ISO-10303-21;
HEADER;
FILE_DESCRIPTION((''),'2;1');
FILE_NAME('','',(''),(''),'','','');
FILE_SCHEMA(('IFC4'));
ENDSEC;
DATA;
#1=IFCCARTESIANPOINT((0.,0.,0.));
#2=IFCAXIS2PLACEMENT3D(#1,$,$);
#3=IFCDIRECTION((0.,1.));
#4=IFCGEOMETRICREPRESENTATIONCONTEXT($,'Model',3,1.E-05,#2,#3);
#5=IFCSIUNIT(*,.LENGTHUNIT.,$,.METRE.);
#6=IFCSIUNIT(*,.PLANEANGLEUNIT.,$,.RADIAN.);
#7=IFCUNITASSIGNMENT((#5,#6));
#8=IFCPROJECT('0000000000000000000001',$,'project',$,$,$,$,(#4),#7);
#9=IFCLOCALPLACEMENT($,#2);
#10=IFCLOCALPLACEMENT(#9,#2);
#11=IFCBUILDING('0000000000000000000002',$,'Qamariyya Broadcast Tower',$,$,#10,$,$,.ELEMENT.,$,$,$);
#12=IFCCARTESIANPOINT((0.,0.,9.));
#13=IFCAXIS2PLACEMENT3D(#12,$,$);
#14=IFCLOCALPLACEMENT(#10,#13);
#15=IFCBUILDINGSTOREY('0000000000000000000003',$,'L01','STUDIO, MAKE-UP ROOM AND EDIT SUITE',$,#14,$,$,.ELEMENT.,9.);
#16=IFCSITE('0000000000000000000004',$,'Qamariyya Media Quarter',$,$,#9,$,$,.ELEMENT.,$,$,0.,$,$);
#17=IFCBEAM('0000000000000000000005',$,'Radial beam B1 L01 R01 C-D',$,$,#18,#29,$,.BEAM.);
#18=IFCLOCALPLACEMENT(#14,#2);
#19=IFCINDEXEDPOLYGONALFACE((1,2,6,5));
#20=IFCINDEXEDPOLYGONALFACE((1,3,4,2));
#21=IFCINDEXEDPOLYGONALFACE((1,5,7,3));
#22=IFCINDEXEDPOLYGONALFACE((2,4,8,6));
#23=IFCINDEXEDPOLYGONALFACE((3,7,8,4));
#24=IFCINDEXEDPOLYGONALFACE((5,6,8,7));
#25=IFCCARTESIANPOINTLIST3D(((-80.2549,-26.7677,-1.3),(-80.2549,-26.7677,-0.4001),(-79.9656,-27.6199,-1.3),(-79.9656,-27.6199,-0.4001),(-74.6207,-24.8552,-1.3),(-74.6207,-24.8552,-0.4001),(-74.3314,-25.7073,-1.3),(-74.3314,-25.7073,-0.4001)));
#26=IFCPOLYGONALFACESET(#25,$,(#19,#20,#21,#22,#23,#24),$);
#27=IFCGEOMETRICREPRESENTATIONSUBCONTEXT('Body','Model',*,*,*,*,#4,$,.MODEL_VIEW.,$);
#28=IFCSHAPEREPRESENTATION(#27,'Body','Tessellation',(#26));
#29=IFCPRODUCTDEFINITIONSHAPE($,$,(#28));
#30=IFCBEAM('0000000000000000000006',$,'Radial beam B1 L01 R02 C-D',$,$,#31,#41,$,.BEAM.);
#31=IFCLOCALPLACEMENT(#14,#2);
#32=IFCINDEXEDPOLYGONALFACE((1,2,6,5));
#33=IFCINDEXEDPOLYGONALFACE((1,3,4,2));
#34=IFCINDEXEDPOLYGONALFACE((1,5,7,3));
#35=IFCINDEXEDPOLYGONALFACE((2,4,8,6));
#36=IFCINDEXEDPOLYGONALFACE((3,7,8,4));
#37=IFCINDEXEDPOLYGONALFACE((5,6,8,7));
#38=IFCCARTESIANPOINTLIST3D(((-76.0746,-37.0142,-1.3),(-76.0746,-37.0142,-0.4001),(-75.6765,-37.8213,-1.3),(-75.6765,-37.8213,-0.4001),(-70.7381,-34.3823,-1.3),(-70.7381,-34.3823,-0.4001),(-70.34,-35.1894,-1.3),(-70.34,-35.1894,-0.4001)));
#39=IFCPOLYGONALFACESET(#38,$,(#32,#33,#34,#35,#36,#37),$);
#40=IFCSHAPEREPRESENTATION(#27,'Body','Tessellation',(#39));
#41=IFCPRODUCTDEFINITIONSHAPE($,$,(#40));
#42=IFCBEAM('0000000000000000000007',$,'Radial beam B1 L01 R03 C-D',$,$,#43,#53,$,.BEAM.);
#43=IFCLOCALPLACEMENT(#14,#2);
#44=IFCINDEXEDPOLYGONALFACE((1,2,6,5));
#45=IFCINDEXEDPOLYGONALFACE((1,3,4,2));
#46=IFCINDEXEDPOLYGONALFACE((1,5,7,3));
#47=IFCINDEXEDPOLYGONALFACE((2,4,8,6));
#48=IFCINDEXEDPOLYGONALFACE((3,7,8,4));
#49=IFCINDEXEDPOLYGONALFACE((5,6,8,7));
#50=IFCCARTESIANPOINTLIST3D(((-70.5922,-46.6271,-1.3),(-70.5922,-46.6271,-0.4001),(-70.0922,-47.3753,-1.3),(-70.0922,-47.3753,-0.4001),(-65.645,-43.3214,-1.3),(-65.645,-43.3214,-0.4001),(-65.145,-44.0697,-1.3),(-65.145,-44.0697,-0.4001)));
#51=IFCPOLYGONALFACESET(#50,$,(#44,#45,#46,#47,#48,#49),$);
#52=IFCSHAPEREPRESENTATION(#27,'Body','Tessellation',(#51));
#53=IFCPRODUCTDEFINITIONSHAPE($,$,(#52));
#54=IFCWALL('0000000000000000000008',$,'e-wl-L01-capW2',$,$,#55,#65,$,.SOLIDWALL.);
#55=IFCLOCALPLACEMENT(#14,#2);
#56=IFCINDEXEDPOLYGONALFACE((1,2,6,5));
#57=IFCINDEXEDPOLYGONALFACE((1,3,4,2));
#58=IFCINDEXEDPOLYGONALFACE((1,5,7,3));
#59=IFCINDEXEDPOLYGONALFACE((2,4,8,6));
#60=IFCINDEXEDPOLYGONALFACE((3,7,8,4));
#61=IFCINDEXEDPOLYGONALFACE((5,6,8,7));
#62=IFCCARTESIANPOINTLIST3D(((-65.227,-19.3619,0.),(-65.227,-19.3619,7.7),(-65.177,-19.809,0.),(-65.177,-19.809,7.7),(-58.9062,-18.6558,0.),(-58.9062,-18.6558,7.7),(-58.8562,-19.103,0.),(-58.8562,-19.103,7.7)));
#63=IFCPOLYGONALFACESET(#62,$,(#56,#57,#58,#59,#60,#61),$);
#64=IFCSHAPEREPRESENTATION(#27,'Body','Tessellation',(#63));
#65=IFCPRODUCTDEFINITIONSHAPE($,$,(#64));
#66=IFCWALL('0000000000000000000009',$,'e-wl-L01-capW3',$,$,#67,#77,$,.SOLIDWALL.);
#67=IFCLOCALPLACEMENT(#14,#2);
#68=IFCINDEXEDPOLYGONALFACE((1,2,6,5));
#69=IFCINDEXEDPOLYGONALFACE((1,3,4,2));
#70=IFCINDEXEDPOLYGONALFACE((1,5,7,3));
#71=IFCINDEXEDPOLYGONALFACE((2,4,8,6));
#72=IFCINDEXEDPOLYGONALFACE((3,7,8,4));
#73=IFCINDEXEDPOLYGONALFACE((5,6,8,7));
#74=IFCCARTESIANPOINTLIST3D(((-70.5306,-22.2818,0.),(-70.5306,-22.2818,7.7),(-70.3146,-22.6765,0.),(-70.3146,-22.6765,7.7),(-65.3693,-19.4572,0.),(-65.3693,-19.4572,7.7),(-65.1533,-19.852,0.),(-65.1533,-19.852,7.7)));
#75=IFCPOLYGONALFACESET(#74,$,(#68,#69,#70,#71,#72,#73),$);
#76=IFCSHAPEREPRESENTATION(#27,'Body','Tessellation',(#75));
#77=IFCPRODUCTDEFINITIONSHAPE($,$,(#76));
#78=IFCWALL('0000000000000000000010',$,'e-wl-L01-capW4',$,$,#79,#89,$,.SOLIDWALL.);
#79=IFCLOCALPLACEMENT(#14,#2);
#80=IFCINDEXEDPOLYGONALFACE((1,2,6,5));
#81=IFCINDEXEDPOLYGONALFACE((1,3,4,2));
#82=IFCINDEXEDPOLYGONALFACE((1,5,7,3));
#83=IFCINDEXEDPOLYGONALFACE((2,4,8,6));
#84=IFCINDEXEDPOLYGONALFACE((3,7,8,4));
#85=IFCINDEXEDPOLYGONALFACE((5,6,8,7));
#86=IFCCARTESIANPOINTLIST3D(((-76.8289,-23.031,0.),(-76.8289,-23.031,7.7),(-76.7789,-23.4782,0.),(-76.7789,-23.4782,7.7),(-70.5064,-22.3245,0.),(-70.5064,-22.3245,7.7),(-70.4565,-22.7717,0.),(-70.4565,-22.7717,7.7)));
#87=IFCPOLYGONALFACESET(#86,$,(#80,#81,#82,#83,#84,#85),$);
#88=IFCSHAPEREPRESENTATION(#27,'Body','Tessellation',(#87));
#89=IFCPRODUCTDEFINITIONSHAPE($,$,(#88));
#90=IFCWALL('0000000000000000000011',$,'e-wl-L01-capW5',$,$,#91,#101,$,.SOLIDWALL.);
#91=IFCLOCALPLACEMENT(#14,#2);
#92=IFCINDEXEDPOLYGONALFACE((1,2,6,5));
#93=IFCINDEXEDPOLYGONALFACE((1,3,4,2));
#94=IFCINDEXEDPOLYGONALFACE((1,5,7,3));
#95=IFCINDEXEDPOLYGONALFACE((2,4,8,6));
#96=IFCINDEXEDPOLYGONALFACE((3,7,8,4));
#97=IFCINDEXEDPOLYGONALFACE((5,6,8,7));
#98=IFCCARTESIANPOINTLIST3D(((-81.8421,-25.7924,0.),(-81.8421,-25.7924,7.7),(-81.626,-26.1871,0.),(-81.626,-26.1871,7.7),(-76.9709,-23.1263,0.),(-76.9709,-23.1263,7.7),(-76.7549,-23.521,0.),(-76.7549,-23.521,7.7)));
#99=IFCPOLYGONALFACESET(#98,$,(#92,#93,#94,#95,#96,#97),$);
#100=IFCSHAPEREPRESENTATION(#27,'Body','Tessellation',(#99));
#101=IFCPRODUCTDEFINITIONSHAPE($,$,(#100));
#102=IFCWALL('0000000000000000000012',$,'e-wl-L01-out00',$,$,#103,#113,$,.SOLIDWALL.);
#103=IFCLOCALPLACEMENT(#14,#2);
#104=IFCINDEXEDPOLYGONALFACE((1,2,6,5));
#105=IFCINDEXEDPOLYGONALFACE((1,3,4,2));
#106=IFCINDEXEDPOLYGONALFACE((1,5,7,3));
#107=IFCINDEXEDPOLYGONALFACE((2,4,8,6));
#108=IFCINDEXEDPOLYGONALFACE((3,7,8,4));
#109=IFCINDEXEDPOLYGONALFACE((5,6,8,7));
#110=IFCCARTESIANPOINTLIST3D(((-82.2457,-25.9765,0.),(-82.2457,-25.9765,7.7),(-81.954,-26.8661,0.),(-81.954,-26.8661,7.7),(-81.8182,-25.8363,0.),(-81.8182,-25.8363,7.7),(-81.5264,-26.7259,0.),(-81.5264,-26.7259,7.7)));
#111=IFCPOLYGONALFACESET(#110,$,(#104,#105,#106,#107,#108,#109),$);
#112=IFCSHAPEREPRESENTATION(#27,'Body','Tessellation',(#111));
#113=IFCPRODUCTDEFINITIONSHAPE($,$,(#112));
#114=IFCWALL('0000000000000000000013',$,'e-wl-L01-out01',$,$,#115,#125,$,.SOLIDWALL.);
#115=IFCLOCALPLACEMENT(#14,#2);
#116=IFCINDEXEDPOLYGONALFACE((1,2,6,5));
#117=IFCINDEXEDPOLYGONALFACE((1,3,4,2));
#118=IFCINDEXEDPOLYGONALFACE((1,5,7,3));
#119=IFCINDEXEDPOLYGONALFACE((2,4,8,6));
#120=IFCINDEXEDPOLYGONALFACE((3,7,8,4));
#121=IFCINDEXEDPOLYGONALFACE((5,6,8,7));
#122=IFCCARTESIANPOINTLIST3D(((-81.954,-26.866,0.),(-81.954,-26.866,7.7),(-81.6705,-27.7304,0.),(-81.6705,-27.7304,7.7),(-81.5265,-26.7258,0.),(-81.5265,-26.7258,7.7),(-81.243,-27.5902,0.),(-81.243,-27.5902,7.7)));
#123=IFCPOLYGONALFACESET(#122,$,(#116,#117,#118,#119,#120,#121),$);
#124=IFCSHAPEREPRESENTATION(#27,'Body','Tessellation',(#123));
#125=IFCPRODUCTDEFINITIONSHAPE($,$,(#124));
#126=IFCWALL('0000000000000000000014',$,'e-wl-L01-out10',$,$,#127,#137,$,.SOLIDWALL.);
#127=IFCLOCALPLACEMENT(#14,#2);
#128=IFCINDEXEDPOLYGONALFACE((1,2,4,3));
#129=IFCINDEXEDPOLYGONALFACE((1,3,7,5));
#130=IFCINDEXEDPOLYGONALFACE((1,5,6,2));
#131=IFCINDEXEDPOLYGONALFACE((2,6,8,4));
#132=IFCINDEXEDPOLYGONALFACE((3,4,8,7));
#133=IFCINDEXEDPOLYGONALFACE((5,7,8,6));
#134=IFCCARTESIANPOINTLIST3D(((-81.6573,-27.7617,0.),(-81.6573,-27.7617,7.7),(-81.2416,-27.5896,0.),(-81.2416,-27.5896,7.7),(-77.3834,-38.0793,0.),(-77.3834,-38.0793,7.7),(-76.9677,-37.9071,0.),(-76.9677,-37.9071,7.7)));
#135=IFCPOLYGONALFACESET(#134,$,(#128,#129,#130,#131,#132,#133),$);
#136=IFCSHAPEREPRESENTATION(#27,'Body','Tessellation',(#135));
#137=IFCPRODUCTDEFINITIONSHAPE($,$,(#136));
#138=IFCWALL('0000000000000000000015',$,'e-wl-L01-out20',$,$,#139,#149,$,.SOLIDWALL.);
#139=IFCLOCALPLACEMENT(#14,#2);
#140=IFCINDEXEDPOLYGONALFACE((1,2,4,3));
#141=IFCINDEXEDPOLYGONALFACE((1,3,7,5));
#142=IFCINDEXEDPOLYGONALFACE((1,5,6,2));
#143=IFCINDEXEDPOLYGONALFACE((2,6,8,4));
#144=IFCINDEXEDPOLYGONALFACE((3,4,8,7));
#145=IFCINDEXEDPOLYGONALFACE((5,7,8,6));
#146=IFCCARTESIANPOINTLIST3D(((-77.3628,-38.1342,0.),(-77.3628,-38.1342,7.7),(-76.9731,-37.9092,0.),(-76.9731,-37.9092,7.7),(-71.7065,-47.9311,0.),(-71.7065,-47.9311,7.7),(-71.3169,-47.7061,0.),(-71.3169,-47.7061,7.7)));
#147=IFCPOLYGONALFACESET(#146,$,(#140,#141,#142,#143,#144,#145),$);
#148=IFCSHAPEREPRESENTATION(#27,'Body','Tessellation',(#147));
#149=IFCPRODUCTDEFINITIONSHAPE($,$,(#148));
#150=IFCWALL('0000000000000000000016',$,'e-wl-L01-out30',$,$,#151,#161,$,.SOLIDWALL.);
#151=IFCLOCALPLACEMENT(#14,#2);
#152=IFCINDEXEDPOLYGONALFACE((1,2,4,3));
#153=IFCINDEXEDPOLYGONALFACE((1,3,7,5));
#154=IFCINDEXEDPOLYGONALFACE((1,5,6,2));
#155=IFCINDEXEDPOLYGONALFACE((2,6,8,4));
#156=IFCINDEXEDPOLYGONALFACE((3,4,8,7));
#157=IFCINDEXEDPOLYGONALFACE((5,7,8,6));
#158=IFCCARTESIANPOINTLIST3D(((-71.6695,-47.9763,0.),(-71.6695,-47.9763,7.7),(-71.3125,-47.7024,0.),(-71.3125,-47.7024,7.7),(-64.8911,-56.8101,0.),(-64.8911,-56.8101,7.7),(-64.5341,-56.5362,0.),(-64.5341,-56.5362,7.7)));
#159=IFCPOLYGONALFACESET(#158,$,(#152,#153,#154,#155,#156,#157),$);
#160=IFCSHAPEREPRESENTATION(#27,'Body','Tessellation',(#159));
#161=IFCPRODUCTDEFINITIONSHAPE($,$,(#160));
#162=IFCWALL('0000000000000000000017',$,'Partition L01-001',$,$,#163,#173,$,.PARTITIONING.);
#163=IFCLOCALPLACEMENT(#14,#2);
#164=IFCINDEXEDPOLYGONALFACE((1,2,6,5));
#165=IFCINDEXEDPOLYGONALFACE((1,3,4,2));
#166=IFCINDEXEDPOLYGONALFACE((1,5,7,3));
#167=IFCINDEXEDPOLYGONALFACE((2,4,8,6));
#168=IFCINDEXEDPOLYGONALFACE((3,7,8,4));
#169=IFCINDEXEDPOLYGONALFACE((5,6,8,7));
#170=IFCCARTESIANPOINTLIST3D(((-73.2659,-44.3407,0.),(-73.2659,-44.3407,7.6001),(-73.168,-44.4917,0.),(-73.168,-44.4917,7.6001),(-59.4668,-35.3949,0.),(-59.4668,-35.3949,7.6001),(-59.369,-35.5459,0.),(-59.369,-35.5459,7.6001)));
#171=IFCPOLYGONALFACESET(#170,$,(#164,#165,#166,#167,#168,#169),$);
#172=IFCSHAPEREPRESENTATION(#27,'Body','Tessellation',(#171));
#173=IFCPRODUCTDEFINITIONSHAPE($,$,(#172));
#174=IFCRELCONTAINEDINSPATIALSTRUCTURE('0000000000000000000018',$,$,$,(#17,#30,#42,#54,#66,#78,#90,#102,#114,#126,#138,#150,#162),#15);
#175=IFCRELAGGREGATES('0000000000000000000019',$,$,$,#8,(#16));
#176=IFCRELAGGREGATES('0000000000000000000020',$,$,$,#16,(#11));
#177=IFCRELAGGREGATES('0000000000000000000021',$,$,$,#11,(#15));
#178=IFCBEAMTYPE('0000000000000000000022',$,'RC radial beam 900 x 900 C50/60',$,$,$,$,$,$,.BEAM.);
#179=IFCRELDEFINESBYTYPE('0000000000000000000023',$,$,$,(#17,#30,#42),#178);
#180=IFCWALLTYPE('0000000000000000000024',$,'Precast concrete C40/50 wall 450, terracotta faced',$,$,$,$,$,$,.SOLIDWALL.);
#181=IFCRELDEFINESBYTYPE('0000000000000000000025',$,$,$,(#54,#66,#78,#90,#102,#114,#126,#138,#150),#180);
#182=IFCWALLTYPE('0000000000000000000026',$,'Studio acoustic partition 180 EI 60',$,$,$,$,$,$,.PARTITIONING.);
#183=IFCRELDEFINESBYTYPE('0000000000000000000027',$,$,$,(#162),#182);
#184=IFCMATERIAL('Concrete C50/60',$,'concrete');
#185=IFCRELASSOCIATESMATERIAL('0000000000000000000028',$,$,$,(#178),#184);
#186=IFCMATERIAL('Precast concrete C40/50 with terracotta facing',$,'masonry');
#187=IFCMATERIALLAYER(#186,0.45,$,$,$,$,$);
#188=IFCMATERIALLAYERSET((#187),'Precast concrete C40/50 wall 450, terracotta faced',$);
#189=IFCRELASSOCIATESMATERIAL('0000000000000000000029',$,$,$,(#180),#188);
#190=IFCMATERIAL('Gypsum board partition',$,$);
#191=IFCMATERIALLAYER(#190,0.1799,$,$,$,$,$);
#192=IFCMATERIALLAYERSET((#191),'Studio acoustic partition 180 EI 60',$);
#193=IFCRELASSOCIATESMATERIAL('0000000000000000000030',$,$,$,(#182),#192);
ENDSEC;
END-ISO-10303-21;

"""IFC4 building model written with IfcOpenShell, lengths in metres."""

from ifc_helpers import new_model, si_unit, direction, frame, frame_2d, origin, origin_2d, place, context, subcontext, project, spatial, rectangle, extrude, material, layer, layer_set, material_profile, profile_set, type_object, element, save


model = new_model("IFC4")

# Units and contexts
model_context = context("Model", 3, precision=1e-05, world=origin(), true_north=direction((0.0, 1.0)))
body_context = subcontext(model_context, "Body", "Model", "MODEL_VIEW")
ifc_project = project(units=[si_unit("LENGTHUNIT", "METRE"), si_unit("PLANEANGLEUNIT", "RADIAN")], contexts=[model_context])

# Site, building, storey
site_placement = place(None, origin())
site = spatial("IfcSite", under=ifc_project, at=site_placement, Name="Qamariyya Media Quarter", CompositionType="ELEMENT", RefElevation=0.0)
building_placement = place(site_placement, origin())
building = spatial("IfcBuilding", under=site, at=building_placement, Name="Qamariyya Broadcast Tower", CompositionType="ELEMENT")
storey_placement = place(building_placement, frame((0.0, 0.0, 9.0)))
storey = spatial("IfcBuildingStorey", under=building, at=storey_placement, Name="L01", Description="STUDIO, MAKE-UP ROOM AND EDIT SUITE", CompositionType="ELEMENT", Elevation=9.0)

# Beams
ifc_material_1 = material(Name="Concrete C50/60", Category="concrete")
ifc_material_profile_1 = material_profile(ifc_material_1, rectangle(XDim=0.8999, YDim=0.8999, at=origin_2d()))
ifc_profile_set_1 = profile_set([ifc_material_profile_1], Name="Concrete C50/60")
beam_type_1 = type_object("IfcBeamType", Name="RC radial beam 900 x 900 C50/60", PredefinedType="BEAM", material=ifc_profile_set_1)
beam_1_placement = place(storey_placement, frame((-74.4761, -25.2812, -0.8501), z_axis=(-0.946929, -0.321442, 0.0), x_axis=(0.321442, -0.946929, 0.0)))
element("IfcBeam", 1, at=beam_1_placement, inside=storey, type_object=beam_type_1, Name="Radial beam B1 L01 R01 C-D", PredefinedType="BEAM", context=body_context, shape_type="SweptSolid", body=[
    extrude(rectangle(XDim=0.8999, YDim=0.8999, at=origin_2d()), origin(), (0.0, 0.0, 1.0), 5.95),
])
beam_2_placement = place(storey_placement, frame((-70.5391, -34.7859, -0.8501), z_axis=(-0.896859, -0.442316, 0.0), x_axis=(0.442316, -0.896859, 0.0)))
element("IfcBeam", 2, at=beam_2_placement, inside=storey, type_object=beam_type_1, Name="Radial beam B1 L01 R02 C-D", PredefinedType="BEAM", context=body_context, shape_type="SweptSolid", body=[
    extrude(rectangle(XDim=0.8999, YDim=0.8999, at=origin_2d()), origin(), (0.0, 0.0, 1.0), 5.9502),
])
beam_3_placement = place(storey_placement, frame((-65.395, -43.6956, -0.8501), z_axis=(-0.831469, -0.555571, 0.0), x_axis=(0.555571, -0.831469, 0.0)))
element("IfcBeam", 3, at=beam_3_placement, inside=storey, type_object=beam_type_1, Name="Radial beam B1 L01 R03 C-D", PredefinedType="BEAM", context=body_context, shape_type="SweptSolid", body=[
    extrude(rectangle(XDim=0.8999, YDim=0.8999, at=origin_2d()), origin(), (0.0, 0.0, 1.0), 5.95),
])

# Walls
ifc_material_2 = material(Name="Precast concrete C40/50 with terracotta facing", Category="masonry")
ifc_layer_1 = layer(ifc_material_2, 0.45)
ifc_layer_set_1 = layer_set([ifc_layer_1], Name="Precast concrete C40/50 wall 450, terracotta faced")
wall_type_1 = type_object("IfcWallType", Name="Precast concrete C40/50 wall 450, terracotta faced", PredefinedType="SOLIDWALL", material=ifc_layer_set_1)
wall_1_placement = place(storey_placement, frame((-58.8811, -18.8794, 0.0), z_axis=(0.0, 0.0, 1.0), x_axis=(-0.993819, -0.111013, 0.0)))
element("IfcWall", 4, at=wall_1_placement, inside=storey, type_object=wall_type_1, Name="e-wl-L01-capW2", PredefinedType="SOLIDWALL", context=body_context, shape_type="SweptSolid", body=[
    extrude(rectangle(XDim=6.3601, YDim=0.45, at=frame_2d((3.1802, 0.0))), origin(), (0.0, 0.0, 1.0), 7.7),
])
wall_2_placement = place(storey_placement, frame((-65.2612, -19.6545, 0.0), z_axis=(0.0, 0.0, 1.0), x_axis=(-0.87723, -0.48007, 0.0)))
element("IfcWall", 5, at=wall_2_placement, inside=storey, type_object=wall_type_1, Name="e-wl-L01-capW3", PredefinedType="SOLIDWALL", context=body_context, shape_type="SweptSolid", body=[
    extrude(rectangle(XDim=5.8835, YDim=0.45, at=frame_2d((2.9419, 0.0))), origin(), (0.0, 0.0, 1.0), 7.7),
])
wall_3_placement = place(storey_placement, frame((-70.4814, -22.5481, 0.0), z_axis=(0.0, 0.0, 1.0), x_axis=(-0.993814, -0.111059, 0.0)))
element("IfcWall", 6, at=wall_3_placement, inside=storey, type_object=wall_type_1, Name="e-wl-L01-capW4", PredefinedType="SOLIDWALL", context=body_context, shape_type="SweptSolid", body=[
    extrude(rectangle(XDim=6.3618, YDim=0.45, at=frame_2d((3.1809, 0.0))), origin(), (0.0, 0.0, 1.0), 7.7),
])
wall_4_placement = place(storey_placement, frame((-76.863, -23.3237, 0.0), z_axis=(0.0, 0.0, 1.0), x_axis=(-0.877209, -0.480108, 0.0)))
element("IfcWall", 7, at=wall_4_placement, inside=storey, type_object=wall_type_1, Name="e-wl-L01-capW5", PredefinedType="SOLIDWALL", context=body_context, shape_type="SweptSolid", body=[
    extrude(rectangle(XDim=5.553, YDim=0.45, at=frame_2d((2.7764, 0.0))), origin(), (0.0, 0.0, 1.0), 7.7),
])
wall_5_placement = place(storey_placement, frame((-82.032, -25.9062, 0.0), z_axis=(0.0, 0.0, 1.0), x_axis=(0.311609, -0.950211, 0.0)))
element("IfcWall", 8, at=wall_5_placement, inside=storey, type_object=wall_type_1, Name="e-wl-L01-out00", PredefinedType="SOLIDWALL", context=body_context, shape_type="SweptSolid", body=[
    extrude(rectangle(XDim=0.9363, YDim=0.45, at=frame_2d((0.4683, 0.0))), origin(), (0.0, 0.0, 1.0), 7.7),
])
wall_6_placement = place(storey_placement, frame((-81.7402, -26.7959, 0.0), z_axis=(0.0, 0.0, 1.0), x_axis=(0.311634, -0.950202, 0.0)))
element("IfcWall", 9, at=wall_6_placement, inside=storey, type_object=wall_type_1, Name="e-wl-L01-out01", PredefinedType="SOLIDWALL", context=body_context, shape_type="SweptSolid", body=[
    extrude(rectangle(XDim=0.9097, YDim=0.45, at=frame_2d((0.4548, 0.0))), origin(), (0.0, 0.0, 1.0), 7.7),
])
wall_7_placement = place(storey_placement, frame((-81.4495, -27.6755, 0.0), z_axis=(0.0, 0.0, 1.0), x_axis=(0.382701, -0.923872, 0.0)))
element("IfcWall", 10, at=wall_7_placement, inside=storey, type_object=wall_type_1, Name="e-wl-L01-out10", PredefinedType="SOLIDWALL", context=body_context, shape_type="SweptSolid", body=[
    extrude(rectangle(XDim=11.1677, YDim=0.45, at=frame_2d((5.584, 0.0))), origin(), (0.0, 0.0, 1.0), 7.7),
])
wall_8_placement = place(storey_placement, frame((-77.168, -38.0217, 0.0), z_axis=(0.0, 0.0, 1.0), x_axis=(0.500001, -0.866025, 0.0)))
element("IfcWall", 11, at=wall_8_placement, inside=storey, type_object=wall_type_1, Name="e-wl-L01-out20", PredefinedType="SOLIDWALL", context=body_context, shape_type="SweptSolid", body=[
    extrude(rectangle(XDim=11.3125, YDim=0.45, at=frame_2d((5.6562, 0.0))), origin(), (0.0, 0.0, 1.0), 7.7),
])
wall_9_placement = place(storey_placement, frame((-71.491, -47.8394, 0.0), z_axis=(0.0, 0.0, 1.0), x_axis=(0.608759, -0.793355, 0.0)))
element("IfcWall", 12, at=wall_9_placement, inside=storey, type_object=wall_type_1, Name="e-wl-L01-out30", PredefinedType="SOLIDWALL", context=body_context, shape_type="SweptSolid", body=[
    extrude(rectangle(XDim=11.1348, YDim=0.45, at=frame_2d((5.5674, 0.0))), origin(), (0.0, 0.0, 1.0), 7.7),
])
ifc_material_3 = material(Name="Gypsum board partition")
ifc_layer_2 = layer(ifc_material_3, 0.1799)
ifc_layer_set_2 = layer_set([ifc_layer_2], Name="Studio acoustic partition 180 EI 60")
wall_type_2 = type_object("IfcWallType", Name="Studio acoustic partition 180 EI 60", PredefinedType="PARTITIONING", material=ifc_layer_set_2)
wall_10_placement = place(storey_placement, frame((-73.217, -44.4163, 0.0), z_axis=(0.0, 0.0, 1.0), x_axis=(0.839099, 0.543979, 0.0)))
element("IfcWall", 13, at=wall_10_placement, inside=storey, type_object=wall_type_2, Name="Partition L01-001", PredefinedType="PARTITIONING", context=body_context, shape_type="SweptSolid", body=[
    extrude(rectangle(XDim=16.4451, YDim=0.1799, at=frame_2d((8.2227, 0.0))), origin(), (0.0, 0.0, 1.0), 7.6001),
])

save(model, "model.ifc")
